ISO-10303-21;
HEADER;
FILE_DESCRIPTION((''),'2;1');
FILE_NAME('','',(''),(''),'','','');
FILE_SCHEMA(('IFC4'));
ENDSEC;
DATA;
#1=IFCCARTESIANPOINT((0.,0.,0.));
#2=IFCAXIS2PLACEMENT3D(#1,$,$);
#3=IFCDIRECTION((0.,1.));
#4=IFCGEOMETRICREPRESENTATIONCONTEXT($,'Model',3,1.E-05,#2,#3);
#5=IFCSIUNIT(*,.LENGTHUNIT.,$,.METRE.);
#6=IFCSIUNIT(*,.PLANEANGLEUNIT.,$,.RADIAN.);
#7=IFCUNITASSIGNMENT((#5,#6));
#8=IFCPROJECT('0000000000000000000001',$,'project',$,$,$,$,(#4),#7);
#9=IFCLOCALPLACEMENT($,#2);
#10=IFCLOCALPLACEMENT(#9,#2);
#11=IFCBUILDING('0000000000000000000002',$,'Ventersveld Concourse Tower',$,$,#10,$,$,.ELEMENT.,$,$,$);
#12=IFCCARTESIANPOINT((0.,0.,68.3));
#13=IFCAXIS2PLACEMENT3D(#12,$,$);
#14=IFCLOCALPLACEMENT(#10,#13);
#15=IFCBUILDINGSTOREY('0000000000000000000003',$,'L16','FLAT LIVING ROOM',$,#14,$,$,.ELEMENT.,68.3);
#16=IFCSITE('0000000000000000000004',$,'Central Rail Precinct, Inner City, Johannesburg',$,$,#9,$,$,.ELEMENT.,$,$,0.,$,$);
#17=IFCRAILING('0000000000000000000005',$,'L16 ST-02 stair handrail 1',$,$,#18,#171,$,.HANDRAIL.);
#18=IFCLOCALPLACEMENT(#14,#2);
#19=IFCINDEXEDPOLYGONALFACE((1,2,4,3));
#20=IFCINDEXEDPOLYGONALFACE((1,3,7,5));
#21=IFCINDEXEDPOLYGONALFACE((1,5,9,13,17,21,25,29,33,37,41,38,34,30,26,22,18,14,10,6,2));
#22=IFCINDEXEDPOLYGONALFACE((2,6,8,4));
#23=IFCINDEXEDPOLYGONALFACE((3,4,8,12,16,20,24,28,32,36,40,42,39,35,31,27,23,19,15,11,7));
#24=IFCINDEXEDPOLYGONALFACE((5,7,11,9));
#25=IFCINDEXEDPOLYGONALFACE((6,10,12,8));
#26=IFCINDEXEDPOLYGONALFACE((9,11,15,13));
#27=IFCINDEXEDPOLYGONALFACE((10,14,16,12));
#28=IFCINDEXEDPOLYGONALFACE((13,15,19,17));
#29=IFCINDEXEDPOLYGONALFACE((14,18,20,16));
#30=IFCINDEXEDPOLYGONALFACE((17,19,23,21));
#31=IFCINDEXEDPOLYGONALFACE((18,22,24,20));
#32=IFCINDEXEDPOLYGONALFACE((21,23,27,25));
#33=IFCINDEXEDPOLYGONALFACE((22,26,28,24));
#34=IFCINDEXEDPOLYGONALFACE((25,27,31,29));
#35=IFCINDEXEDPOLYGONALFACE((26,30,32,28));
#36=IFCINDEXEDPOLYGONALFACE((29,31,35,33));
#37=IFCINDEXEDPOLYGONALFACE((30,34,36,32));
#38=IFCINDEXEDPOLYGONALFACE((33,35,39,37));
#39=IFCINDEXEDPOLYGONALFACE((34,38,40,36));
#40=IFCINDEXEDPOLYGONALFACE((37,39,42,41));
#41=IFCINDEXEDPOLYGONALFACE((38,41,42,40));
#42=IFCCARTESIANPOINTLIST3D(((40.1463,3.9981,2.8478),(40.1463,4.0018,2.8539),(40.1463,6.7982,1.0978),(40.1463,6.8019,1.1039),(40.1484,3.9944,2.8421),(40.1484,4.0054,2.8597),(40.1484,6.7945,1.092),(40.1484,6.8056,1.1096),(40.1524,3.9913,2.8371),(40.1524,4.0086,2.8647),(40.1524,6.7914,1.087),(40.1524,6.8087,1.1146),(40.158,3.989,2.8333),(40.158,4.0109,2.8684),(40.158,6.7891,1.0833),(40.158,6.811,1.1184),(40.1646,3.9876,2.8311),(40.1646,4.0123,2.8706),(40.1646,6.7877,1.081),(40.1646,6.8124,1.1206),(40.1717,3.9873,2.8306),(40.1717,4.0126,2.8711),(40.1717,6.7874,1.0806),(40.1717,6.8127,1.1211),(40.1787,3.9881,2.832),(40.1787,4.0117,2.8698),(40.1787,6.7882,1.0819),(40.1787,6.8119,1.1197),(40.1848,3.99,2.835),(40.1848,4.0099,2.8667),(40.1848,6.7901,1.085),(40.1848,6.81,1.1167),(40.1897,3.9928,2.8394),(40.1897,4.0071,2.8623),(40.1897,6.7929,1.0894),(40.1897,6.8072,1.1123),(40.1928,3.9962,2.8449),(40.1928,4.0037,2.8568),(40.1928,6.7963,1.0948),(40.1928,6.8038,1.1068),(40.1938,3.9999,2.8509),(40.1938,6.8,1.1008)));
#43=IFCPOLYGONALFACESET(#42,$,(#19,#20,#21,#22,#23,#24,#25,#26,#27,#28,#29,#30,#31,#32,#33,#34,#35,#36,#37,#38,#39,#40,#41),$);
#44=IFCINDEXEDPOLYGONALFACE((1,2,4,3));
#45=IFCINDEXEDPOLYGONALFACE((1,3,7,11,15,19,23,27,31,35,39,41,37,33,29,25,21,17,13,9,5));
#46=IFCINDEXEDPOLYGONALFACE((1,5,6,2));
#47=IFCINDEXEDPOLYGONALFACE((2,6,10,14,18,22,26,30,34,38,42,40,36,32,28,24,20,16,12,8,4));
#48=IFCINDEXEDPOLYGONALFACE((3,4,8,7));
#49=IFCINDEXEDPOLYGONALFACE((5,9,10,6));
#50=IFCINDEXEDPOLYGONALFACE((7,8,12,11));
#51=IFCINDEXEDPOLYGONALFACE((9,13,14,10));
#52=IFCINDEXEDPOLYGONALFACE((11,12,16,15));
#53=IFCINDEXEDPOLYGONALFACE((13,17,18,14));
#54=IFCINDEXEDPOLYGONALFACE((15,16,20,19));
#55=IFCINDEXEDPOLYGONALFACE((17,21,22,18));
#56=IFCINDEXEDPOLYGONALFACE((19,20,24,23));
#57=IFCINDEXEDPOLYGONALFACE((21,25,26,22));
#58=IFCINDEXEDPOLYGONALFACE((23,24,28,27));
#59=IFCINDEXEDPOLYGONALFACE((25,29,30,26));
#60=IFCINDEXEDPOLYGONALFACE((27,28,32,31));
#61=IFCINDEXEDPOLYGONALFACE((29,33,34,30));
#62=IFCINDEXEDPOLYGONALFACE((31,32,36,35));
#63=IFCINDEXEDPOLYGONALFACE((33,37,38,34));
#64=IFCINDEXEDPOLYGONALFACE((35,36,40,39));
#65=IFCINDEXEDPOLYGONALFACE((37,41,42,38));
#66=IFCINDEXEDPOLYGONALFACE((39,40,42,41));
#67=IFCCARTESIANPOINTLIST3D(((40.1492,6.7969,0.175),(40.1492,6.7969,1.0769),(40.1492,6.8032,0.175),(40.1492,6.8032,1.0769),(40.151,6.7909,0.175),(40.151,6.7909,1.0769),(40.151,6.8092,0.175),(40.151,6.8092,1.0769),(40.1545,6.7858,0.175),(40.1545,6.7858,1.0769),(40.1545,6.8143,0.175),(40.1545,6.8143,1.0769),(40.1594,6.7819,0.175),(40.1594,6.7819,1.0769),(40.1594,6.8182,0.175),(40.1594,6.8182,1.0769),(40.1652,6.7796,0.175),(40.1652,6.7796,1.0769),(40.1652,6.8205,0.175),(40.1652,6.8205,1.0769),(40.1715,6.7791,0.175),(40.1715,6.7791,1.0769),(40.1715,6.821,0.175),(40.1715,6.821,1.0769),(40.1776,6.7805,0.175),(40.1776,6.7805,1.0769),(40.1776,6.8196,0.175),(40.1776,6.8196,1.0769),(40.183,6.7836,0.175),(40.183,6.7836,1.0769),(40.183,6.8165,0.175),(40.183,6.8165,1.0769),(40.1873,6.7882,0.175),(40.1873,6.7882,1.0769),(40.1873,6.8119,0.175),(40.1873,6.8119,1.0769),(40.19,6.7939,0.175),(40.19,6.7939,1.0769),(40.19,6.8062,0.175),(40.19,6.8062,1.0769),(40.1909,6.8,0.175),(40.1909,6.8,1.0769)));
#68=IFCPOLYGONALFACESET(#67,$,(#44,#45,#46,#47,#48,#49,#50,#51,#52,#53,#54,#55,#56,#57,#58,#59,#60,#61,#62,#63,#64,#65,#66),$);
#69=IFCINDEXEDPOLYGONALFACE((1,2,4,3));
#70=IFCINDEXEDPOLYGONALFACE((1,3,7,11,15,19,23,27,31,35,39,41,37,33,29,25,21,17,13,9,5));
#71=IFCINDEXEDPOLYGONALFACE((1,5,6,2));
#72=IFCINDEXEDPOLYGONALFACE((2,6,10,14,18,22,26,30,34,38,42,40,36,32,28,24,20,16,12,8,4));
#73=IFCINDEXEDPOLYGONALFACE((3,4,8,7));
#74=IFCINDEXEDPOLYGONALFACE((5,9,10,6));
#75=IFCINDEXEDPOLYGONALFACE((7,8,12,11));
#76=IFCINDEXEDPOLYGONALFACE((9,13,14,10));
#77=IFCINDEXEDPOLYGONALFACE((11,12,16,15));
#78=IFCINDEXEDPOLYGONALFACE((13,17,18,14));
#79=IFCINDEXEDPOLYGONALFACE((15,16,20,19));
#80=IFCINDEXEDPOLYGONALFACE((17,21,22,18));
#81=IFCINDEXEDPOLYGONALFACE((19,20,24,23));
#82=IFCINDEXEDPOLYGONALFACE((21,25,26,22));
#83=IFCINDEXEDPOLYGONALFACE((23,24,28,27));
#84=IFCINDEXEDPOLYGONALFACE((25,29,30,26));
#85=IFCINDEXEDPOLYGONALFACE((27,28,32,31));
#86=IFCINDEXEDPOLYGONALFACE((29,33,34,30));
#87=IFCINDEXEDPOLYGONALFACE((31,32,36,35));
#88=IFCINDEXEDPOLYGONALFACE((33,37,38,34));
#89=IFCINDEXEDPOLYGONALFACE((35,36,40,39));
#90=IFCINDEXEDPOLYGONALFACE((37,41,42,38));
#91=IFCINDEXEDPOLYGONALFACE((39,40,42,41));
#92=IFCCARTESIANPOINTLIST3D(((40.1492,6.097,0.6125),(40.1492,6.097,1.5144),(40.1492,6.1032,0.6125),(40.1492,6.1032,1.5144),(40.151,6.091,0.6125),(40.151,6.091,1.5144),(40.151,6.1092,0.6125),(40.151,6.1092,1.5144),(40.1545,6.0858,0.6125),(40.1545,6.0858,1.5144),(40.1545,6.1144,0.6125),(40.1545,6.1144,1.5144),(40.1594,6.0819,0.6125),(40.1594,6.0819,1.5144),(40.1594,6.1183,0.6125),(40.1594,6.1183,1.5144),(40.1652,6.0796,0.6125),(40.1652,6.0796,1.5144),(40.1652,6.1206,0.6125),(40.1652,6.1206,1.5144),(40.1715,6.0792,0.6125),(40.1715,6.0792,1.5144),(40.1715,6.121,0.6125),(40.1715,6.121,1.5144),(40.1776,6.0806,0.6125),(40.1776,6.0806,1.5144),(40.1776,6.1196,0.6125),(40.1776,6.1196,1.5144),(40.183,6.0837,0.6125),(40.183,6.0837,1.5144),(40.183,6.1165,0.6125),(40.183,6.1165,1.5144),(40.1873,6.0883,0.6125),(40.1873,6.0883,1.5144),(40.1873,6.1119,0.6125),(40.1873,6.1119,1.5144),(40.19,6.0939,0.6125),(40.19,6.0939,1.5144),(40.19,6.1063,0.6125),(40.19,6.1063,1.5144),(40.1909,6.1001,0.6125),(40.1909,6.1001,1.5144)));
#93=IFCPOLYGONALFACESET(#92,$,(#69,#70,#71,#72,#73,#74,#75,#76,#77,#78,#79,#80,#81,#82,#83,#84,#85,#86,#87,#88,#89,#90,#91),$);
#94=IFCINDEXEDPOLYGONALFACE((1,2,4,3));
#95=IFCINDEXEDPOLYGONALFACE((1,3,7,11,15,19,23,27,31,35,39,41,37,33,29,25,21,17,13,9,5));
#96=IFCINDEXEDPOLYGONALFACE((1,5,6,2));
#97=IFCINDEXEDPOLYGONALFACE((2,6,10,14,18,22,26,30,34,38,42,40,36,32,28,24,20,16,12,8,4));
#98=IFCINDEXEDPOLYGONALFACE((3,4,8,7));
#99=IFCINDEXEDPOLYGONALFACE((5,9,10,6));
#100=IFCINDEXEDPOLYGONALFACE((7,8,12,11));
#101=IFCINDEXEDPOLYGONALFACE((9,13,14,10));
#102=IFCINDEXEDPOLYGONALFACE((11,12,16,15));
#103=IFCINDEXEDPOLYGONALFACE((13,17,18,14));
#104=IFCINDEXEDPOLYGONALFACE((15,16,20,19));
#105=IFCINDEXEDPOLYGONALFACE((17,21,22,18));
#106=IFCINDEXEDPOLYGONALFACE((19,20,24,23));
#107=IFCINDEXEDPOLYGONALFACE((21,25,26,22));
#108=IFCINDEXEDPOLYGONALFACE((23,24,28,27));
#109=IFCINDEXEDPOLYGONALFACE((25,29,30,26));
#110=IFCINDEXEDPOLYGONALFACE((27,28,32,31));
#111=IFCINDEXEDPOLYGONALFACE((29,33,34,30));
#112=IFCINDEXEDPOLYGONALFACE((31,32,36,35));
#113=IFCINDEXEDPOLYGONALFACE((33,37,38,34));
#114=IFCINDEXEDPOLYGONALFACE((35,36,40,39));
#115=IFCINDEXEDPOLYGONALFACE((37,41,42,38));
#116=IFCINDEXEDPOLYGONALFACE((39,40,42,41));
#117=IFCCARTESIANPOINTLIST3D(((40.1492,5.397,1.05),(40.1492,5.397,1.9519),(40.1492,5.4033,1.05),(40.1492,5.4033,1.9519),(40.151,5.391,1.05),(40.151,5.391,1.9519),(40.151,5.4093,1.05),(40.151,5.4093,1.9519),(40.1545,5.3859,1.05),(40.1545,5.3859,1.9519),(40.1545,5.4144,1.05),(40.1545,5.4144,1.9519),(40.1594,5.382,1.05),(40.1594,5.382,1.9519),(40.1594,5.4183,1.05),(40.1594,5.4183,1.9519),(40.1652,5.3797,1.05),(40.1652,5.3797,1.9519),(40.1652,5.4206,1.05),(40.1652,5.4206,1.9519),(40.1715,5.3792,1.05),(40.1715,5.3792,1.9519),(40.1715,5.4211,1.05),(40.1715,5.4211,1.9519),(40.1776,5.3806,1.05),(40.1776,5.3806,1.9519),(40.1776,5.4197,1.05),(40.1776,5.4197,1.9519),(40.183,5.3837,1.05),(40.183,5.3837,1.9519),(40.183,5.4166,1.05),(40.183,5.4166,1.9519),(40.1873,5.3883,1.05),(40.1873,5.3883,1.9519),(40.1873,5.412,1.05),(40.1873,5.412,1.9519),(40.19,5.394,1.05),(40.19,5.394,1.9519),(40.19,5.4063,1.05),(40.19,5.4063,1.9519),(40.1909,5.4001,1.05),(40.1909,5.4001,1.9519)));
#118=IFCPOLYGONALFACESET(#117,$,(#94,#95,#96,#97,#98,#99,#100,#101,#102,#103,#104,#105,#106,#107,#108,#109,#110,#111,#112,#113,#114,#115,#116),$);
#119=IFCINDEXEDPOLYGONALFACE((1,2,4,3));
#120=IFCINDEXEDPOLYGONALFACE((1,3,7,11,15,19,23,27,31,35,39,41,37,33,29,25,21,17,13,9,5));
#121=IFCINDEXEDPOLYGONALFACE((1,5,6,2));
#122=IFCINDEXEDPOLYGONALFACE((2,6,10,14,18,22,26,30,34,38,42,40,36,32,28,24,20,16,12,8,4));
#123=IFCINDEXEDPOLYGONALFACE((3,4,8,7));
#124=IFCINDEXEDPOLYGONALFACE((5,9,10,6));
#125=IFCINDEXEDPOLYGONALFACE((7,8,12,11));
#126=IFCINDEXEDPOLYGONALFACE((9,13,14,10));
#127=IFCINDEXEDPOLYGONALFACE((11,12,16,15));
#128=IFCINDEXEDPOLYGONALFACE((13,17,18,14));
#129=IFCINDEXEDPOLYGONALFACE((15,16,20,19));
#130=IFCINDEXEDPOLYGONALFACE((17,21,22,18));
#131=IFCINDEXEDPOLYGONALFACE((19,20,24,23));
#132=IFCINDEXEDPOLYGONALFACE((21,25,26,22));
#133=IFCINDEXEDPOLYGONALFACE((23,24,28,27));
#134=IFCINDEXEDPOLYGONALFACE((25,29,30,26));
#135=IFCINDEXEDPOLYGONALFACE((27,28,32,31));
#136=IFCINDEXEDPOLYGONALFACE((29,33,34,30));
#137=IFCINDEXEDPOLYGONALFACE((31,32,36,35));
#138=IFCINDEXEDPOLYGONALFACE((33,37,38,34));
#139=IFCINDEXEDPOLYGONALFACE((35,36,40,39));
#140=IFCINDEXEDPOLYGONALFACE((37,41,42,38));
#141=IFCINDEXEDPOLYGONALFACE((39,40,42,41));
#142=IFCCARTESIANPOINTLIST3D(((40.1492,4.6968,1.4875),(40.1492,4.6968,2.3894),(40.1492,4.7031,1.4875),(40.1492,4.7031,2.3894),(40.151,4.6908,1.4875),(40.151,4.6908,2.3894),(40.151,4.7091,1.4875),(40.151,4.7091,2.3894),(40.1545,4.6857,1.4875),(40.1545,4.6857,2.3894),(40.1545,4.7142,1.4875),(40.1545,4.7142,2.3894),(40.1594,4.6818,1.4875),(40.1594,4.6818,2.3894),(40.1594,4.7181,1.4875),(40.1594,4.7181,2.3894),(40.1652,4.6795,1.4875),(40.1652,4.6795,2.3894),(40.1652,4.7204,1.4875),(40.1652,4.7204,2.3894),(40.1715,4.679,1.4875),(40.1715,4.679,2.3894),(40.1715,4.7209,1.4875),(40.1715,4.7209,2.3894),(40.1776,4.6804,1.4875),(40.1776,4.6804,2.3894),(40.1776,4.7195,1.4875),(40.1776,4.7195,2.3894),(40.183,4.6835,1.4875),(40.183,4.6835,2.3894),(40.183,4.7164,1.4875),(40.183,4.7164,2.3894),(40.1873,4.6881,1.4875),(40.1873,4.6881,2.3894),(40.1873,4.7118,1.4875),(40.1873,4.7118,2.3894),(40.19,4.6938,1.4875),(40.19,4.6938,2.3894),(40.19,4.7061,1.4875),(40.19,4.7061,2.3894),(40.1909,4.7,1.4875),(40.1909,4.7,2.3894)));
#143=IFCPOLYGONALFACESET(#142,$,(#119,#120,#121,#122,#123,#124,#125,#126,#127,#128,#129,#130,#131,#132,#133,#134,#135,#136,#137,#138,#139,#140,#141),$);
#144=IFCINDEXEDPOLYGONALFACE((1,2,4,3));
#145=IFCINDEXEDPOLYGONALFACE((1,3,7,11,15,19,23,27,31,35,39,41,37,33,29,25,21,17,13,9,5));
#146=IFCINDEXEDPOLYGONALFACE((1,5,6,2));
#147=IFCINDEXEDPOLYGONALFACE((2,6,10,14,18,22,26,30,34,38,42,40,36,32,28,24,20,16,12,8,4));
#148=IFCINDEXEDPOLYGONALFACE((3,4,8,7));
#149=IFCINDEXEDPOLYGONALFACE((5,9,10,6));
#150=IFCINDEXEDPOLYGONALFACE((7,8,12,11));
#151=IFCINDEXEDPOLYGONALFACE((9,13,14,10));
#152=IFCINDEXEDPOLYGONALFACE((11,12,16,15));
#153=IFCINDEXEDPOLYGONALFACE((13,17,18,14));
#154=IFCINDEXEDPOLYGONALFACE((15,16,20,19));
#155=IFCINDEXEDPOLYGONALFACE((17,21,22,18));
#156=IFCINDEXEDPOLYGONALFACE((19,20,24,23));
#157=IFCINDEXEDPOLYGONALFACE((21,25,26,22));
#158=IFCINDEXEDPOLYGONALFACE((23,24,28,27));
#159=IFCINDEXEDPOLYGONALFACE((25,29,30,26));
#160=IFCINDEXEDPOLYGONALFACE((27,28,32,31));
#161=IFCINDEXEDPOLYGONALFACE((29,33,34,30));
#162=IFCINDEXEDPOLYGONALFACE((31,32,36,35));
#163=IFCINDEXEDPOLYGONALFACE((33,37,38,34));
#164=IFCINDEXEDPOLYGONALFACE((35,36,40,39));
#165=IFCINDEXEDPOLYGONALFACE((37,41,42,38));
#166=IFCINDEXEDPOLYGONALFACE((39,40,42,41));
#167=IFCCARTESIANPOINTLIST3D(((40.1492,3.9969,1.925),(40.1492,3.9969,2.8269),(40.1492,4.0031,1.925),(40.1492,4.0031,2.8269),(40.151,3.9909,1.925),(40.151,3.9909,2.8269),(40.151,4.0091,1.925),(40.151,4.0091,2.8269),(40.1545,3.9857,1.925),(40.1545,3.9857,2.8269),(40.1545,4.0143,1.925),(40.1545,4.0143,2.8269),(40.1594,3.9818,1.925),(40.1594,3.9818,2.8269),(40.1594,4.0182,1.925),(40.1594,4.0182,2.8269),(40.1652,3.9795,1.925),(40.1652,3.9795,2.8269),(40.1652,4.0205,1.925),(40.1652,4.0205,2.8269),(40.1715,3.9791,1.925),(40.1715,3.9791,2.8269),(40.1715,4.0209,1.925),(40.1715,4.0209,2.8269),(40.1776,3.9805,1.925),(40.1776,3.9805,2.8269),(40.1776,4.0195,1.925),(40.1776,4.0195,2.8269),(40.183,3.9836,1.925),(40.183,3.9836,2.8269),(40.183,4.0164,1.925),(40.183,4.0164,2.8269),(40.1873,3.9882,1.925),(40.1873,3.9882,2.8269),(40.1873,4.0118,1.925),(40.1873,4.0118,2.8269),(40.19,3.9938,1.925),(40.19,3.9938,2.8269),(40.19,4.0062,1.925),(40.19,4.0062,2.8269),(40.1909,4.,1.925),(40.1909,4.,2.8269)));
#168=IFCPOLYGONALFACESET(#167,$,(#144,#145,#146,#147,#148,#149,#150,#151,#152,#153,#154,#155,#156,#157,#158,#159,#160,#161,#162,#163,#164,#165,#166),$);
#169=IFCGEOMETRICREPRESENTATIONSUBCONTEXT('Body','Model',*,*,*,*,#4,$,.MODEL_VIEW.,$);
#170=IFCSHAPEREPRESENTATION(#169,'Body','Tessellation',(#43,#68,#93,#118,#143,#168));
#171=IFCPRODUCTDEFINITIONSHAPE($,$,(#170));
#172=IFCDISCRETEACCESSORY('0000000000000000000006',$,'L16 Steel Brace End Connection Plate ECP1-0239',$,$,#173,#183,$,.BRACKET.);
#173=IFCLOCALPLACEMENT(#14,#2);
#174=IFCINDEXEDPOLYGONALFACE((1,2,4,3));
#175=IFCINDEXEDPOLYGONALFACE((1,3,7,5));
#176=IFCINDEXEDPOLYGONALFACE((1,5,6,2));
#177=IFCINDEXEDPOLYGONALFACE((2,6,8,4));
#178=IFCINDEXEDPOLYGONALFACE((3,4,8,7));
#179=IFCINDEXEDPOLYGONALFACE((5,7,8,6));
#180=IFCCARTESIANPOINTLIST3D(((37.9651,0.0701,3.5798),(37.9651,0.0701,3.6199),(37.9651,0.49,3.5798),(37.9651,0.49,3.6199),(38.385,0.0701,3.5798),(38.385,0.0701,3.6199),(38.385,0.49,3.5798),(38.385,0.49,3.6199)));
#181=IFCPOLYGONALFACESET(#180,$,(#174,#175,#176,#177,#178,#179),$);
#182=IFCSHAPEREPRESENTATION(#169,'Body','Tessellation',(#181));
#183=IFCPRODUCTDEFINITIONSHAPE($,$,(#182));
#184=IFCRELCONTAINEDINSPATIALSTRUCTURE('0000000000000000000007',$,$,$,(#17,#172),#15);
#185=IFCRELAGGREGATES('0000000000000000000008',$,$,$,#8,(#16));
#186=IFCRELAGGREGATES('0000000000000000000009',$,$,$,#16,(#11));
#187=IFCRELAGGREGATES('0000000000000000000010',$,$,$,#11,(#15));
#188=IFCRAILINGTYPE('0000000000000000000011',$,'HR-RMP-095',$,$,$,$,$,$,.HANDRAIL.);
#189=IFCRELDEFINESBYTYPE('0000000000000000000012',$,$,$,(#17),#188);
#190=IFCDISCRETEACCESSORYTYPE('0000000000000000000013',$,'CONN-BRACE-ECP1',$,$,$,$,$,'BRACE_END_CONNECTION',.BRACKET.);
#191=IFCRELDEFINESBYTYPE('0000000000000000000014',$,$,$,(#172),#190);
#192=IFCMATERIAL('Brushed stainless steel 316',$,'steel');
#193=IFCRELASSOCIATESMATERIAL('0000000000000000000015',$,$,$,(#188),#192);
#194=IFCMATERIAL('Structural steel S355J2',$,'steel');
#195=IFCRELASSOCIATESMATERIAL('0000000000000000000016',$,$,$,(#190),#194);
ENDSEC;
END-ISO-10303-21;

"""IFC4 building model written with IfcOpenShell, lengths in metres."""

from ifc_helpers import new_model, si_unit, direction, frame, origin, origin_2d, place, context, subcontext, project, spatial, rectangle, circle, extrude, material, type_object, element, save


model = new_model("IFC4")

# Units and contexts
model_context = context("Model", 3, precision=1e-05, world=origin(), true_north=direction((0.0, 1.0)))
body_context = subcontext(model_context, "Body", "Model", "MODEL_VIEW")
ifc_project = project(units=[si_unit("LENGTHUNIT", "METRE"), si_unit("PLANEANGLEUNIT", "RADIAN")], contexts=[model_context])

# Site, building, storey
site_placement = place(None, origin())
site = spatial("IfcSite", under=ifc_project, at=site_placement, Name="Central Rail Precinct, Inner City, Johannesburg", CompositionType="ELEMENT", RefElevation=0.0)
building_placement = place(site_placement, origin())
building = spatial("IfcBuilding", under=site, at=building_placement, Name="Ventersveld Concourse Tower", CompositionType="ELEMENT")
storey_placement = place(building_placement, frame((0.0, 0.0, 68.3)))
storey = spatial("IfcBuildingStorey", under=building, at=storey_placement, Name="L16", Description="FLAT LIVING ROOM", CompositionType="ELEMENT", Elevation=68.3)

# Shared definitions
ifc_material_1 = material(Name="Brushed stainless steel 316", Category="steel")

# Railing
railing_type_1 = type_object("IfcRailingType", Name="HR-RMP-095", PredefinedType="HANDRAIL", material=ifc_material_1)
railing_1_placement = place(storey_placement, frame((40.1699, 6.8, 0.175)))
element("IfcRailing", 1, at=railing_1_placement, inside=storey, type_object=railing_type_1, Name="L16 ST-02 stair handrail 1", PredefinedType="HANDRAIL", context=body_context, shape_type="SweptSolid", body=[
    extrude(circle(Radius=0.0239, at=origin_2d()), frame((0.0, 0.0, 0.9258), z_axis=(0.0, -0.848002, 0.529992), x_axis=(1.0, 0.0, 0.0)), (0.0, 0.0, 1.0), 3.302),
    extrude(circle(Radius=0.021, at=origin_2d()), origin(), (0.0, 0.0, 1.0), 0.9019),
    extrude(circle(Radius=0.021, at=origin_2d()), frame((0.0, -0.7, 0.4375)), (0.0, 0.0, 1.0), 0.9019),
    extrude(circle(Radius=0.021, at=origin_2d()), frame((0.0, -1.3999, 0.875)), (0.0, 0.0, 1.0), 0.9019),
    extrude(circle(Radius=0.021, at=origin_2d()), frame((0.0, -2.1001, 1.3125)), (0.0, 0.0, 1.0), 0.9019),
    extrude(circle(Radius=0.021, at=origin_2d()), frame((0.0, -2.8, 1.75)), (0.0, 0.0, 1.0), 0.9019),
])

# Discrete accessory
ifc_material_2 = material(Name="Structural steel S355J2", Category="steel")
discrete_accessory_type = type_object("IfcDiscreteAccessoryType", Name="CONN-BRACE-ECP1", ElementType="BRACE_END_CONNECTION", PredefinedType="BRACKET", material=ifc_material_2)
discrete_accessory_placement = place(storey_placement, frame((38.175, 0.28, 3.5798), z_axis=(0.0, 0.0, 1.0), x_axis=(1.0, 0.0, 0.0)))
element("IfcDiscreteAccessory", 2, at=discrete_accessory_placement, inside=storey, type_object=discrete_accessory_type, Name="L16 Steel Brace End Connection Plate ECP1-0239", PredefinedType="BRACKET", context=body_context, shape_type="SweptSolid", body=[
    extrude(rectangle(XDim=0.4199, YDim=0.4199, at=origin_2d()), origin(), (0.0, 0.0, 1.0), 0.04),
])

save(model, "model.ifc")
